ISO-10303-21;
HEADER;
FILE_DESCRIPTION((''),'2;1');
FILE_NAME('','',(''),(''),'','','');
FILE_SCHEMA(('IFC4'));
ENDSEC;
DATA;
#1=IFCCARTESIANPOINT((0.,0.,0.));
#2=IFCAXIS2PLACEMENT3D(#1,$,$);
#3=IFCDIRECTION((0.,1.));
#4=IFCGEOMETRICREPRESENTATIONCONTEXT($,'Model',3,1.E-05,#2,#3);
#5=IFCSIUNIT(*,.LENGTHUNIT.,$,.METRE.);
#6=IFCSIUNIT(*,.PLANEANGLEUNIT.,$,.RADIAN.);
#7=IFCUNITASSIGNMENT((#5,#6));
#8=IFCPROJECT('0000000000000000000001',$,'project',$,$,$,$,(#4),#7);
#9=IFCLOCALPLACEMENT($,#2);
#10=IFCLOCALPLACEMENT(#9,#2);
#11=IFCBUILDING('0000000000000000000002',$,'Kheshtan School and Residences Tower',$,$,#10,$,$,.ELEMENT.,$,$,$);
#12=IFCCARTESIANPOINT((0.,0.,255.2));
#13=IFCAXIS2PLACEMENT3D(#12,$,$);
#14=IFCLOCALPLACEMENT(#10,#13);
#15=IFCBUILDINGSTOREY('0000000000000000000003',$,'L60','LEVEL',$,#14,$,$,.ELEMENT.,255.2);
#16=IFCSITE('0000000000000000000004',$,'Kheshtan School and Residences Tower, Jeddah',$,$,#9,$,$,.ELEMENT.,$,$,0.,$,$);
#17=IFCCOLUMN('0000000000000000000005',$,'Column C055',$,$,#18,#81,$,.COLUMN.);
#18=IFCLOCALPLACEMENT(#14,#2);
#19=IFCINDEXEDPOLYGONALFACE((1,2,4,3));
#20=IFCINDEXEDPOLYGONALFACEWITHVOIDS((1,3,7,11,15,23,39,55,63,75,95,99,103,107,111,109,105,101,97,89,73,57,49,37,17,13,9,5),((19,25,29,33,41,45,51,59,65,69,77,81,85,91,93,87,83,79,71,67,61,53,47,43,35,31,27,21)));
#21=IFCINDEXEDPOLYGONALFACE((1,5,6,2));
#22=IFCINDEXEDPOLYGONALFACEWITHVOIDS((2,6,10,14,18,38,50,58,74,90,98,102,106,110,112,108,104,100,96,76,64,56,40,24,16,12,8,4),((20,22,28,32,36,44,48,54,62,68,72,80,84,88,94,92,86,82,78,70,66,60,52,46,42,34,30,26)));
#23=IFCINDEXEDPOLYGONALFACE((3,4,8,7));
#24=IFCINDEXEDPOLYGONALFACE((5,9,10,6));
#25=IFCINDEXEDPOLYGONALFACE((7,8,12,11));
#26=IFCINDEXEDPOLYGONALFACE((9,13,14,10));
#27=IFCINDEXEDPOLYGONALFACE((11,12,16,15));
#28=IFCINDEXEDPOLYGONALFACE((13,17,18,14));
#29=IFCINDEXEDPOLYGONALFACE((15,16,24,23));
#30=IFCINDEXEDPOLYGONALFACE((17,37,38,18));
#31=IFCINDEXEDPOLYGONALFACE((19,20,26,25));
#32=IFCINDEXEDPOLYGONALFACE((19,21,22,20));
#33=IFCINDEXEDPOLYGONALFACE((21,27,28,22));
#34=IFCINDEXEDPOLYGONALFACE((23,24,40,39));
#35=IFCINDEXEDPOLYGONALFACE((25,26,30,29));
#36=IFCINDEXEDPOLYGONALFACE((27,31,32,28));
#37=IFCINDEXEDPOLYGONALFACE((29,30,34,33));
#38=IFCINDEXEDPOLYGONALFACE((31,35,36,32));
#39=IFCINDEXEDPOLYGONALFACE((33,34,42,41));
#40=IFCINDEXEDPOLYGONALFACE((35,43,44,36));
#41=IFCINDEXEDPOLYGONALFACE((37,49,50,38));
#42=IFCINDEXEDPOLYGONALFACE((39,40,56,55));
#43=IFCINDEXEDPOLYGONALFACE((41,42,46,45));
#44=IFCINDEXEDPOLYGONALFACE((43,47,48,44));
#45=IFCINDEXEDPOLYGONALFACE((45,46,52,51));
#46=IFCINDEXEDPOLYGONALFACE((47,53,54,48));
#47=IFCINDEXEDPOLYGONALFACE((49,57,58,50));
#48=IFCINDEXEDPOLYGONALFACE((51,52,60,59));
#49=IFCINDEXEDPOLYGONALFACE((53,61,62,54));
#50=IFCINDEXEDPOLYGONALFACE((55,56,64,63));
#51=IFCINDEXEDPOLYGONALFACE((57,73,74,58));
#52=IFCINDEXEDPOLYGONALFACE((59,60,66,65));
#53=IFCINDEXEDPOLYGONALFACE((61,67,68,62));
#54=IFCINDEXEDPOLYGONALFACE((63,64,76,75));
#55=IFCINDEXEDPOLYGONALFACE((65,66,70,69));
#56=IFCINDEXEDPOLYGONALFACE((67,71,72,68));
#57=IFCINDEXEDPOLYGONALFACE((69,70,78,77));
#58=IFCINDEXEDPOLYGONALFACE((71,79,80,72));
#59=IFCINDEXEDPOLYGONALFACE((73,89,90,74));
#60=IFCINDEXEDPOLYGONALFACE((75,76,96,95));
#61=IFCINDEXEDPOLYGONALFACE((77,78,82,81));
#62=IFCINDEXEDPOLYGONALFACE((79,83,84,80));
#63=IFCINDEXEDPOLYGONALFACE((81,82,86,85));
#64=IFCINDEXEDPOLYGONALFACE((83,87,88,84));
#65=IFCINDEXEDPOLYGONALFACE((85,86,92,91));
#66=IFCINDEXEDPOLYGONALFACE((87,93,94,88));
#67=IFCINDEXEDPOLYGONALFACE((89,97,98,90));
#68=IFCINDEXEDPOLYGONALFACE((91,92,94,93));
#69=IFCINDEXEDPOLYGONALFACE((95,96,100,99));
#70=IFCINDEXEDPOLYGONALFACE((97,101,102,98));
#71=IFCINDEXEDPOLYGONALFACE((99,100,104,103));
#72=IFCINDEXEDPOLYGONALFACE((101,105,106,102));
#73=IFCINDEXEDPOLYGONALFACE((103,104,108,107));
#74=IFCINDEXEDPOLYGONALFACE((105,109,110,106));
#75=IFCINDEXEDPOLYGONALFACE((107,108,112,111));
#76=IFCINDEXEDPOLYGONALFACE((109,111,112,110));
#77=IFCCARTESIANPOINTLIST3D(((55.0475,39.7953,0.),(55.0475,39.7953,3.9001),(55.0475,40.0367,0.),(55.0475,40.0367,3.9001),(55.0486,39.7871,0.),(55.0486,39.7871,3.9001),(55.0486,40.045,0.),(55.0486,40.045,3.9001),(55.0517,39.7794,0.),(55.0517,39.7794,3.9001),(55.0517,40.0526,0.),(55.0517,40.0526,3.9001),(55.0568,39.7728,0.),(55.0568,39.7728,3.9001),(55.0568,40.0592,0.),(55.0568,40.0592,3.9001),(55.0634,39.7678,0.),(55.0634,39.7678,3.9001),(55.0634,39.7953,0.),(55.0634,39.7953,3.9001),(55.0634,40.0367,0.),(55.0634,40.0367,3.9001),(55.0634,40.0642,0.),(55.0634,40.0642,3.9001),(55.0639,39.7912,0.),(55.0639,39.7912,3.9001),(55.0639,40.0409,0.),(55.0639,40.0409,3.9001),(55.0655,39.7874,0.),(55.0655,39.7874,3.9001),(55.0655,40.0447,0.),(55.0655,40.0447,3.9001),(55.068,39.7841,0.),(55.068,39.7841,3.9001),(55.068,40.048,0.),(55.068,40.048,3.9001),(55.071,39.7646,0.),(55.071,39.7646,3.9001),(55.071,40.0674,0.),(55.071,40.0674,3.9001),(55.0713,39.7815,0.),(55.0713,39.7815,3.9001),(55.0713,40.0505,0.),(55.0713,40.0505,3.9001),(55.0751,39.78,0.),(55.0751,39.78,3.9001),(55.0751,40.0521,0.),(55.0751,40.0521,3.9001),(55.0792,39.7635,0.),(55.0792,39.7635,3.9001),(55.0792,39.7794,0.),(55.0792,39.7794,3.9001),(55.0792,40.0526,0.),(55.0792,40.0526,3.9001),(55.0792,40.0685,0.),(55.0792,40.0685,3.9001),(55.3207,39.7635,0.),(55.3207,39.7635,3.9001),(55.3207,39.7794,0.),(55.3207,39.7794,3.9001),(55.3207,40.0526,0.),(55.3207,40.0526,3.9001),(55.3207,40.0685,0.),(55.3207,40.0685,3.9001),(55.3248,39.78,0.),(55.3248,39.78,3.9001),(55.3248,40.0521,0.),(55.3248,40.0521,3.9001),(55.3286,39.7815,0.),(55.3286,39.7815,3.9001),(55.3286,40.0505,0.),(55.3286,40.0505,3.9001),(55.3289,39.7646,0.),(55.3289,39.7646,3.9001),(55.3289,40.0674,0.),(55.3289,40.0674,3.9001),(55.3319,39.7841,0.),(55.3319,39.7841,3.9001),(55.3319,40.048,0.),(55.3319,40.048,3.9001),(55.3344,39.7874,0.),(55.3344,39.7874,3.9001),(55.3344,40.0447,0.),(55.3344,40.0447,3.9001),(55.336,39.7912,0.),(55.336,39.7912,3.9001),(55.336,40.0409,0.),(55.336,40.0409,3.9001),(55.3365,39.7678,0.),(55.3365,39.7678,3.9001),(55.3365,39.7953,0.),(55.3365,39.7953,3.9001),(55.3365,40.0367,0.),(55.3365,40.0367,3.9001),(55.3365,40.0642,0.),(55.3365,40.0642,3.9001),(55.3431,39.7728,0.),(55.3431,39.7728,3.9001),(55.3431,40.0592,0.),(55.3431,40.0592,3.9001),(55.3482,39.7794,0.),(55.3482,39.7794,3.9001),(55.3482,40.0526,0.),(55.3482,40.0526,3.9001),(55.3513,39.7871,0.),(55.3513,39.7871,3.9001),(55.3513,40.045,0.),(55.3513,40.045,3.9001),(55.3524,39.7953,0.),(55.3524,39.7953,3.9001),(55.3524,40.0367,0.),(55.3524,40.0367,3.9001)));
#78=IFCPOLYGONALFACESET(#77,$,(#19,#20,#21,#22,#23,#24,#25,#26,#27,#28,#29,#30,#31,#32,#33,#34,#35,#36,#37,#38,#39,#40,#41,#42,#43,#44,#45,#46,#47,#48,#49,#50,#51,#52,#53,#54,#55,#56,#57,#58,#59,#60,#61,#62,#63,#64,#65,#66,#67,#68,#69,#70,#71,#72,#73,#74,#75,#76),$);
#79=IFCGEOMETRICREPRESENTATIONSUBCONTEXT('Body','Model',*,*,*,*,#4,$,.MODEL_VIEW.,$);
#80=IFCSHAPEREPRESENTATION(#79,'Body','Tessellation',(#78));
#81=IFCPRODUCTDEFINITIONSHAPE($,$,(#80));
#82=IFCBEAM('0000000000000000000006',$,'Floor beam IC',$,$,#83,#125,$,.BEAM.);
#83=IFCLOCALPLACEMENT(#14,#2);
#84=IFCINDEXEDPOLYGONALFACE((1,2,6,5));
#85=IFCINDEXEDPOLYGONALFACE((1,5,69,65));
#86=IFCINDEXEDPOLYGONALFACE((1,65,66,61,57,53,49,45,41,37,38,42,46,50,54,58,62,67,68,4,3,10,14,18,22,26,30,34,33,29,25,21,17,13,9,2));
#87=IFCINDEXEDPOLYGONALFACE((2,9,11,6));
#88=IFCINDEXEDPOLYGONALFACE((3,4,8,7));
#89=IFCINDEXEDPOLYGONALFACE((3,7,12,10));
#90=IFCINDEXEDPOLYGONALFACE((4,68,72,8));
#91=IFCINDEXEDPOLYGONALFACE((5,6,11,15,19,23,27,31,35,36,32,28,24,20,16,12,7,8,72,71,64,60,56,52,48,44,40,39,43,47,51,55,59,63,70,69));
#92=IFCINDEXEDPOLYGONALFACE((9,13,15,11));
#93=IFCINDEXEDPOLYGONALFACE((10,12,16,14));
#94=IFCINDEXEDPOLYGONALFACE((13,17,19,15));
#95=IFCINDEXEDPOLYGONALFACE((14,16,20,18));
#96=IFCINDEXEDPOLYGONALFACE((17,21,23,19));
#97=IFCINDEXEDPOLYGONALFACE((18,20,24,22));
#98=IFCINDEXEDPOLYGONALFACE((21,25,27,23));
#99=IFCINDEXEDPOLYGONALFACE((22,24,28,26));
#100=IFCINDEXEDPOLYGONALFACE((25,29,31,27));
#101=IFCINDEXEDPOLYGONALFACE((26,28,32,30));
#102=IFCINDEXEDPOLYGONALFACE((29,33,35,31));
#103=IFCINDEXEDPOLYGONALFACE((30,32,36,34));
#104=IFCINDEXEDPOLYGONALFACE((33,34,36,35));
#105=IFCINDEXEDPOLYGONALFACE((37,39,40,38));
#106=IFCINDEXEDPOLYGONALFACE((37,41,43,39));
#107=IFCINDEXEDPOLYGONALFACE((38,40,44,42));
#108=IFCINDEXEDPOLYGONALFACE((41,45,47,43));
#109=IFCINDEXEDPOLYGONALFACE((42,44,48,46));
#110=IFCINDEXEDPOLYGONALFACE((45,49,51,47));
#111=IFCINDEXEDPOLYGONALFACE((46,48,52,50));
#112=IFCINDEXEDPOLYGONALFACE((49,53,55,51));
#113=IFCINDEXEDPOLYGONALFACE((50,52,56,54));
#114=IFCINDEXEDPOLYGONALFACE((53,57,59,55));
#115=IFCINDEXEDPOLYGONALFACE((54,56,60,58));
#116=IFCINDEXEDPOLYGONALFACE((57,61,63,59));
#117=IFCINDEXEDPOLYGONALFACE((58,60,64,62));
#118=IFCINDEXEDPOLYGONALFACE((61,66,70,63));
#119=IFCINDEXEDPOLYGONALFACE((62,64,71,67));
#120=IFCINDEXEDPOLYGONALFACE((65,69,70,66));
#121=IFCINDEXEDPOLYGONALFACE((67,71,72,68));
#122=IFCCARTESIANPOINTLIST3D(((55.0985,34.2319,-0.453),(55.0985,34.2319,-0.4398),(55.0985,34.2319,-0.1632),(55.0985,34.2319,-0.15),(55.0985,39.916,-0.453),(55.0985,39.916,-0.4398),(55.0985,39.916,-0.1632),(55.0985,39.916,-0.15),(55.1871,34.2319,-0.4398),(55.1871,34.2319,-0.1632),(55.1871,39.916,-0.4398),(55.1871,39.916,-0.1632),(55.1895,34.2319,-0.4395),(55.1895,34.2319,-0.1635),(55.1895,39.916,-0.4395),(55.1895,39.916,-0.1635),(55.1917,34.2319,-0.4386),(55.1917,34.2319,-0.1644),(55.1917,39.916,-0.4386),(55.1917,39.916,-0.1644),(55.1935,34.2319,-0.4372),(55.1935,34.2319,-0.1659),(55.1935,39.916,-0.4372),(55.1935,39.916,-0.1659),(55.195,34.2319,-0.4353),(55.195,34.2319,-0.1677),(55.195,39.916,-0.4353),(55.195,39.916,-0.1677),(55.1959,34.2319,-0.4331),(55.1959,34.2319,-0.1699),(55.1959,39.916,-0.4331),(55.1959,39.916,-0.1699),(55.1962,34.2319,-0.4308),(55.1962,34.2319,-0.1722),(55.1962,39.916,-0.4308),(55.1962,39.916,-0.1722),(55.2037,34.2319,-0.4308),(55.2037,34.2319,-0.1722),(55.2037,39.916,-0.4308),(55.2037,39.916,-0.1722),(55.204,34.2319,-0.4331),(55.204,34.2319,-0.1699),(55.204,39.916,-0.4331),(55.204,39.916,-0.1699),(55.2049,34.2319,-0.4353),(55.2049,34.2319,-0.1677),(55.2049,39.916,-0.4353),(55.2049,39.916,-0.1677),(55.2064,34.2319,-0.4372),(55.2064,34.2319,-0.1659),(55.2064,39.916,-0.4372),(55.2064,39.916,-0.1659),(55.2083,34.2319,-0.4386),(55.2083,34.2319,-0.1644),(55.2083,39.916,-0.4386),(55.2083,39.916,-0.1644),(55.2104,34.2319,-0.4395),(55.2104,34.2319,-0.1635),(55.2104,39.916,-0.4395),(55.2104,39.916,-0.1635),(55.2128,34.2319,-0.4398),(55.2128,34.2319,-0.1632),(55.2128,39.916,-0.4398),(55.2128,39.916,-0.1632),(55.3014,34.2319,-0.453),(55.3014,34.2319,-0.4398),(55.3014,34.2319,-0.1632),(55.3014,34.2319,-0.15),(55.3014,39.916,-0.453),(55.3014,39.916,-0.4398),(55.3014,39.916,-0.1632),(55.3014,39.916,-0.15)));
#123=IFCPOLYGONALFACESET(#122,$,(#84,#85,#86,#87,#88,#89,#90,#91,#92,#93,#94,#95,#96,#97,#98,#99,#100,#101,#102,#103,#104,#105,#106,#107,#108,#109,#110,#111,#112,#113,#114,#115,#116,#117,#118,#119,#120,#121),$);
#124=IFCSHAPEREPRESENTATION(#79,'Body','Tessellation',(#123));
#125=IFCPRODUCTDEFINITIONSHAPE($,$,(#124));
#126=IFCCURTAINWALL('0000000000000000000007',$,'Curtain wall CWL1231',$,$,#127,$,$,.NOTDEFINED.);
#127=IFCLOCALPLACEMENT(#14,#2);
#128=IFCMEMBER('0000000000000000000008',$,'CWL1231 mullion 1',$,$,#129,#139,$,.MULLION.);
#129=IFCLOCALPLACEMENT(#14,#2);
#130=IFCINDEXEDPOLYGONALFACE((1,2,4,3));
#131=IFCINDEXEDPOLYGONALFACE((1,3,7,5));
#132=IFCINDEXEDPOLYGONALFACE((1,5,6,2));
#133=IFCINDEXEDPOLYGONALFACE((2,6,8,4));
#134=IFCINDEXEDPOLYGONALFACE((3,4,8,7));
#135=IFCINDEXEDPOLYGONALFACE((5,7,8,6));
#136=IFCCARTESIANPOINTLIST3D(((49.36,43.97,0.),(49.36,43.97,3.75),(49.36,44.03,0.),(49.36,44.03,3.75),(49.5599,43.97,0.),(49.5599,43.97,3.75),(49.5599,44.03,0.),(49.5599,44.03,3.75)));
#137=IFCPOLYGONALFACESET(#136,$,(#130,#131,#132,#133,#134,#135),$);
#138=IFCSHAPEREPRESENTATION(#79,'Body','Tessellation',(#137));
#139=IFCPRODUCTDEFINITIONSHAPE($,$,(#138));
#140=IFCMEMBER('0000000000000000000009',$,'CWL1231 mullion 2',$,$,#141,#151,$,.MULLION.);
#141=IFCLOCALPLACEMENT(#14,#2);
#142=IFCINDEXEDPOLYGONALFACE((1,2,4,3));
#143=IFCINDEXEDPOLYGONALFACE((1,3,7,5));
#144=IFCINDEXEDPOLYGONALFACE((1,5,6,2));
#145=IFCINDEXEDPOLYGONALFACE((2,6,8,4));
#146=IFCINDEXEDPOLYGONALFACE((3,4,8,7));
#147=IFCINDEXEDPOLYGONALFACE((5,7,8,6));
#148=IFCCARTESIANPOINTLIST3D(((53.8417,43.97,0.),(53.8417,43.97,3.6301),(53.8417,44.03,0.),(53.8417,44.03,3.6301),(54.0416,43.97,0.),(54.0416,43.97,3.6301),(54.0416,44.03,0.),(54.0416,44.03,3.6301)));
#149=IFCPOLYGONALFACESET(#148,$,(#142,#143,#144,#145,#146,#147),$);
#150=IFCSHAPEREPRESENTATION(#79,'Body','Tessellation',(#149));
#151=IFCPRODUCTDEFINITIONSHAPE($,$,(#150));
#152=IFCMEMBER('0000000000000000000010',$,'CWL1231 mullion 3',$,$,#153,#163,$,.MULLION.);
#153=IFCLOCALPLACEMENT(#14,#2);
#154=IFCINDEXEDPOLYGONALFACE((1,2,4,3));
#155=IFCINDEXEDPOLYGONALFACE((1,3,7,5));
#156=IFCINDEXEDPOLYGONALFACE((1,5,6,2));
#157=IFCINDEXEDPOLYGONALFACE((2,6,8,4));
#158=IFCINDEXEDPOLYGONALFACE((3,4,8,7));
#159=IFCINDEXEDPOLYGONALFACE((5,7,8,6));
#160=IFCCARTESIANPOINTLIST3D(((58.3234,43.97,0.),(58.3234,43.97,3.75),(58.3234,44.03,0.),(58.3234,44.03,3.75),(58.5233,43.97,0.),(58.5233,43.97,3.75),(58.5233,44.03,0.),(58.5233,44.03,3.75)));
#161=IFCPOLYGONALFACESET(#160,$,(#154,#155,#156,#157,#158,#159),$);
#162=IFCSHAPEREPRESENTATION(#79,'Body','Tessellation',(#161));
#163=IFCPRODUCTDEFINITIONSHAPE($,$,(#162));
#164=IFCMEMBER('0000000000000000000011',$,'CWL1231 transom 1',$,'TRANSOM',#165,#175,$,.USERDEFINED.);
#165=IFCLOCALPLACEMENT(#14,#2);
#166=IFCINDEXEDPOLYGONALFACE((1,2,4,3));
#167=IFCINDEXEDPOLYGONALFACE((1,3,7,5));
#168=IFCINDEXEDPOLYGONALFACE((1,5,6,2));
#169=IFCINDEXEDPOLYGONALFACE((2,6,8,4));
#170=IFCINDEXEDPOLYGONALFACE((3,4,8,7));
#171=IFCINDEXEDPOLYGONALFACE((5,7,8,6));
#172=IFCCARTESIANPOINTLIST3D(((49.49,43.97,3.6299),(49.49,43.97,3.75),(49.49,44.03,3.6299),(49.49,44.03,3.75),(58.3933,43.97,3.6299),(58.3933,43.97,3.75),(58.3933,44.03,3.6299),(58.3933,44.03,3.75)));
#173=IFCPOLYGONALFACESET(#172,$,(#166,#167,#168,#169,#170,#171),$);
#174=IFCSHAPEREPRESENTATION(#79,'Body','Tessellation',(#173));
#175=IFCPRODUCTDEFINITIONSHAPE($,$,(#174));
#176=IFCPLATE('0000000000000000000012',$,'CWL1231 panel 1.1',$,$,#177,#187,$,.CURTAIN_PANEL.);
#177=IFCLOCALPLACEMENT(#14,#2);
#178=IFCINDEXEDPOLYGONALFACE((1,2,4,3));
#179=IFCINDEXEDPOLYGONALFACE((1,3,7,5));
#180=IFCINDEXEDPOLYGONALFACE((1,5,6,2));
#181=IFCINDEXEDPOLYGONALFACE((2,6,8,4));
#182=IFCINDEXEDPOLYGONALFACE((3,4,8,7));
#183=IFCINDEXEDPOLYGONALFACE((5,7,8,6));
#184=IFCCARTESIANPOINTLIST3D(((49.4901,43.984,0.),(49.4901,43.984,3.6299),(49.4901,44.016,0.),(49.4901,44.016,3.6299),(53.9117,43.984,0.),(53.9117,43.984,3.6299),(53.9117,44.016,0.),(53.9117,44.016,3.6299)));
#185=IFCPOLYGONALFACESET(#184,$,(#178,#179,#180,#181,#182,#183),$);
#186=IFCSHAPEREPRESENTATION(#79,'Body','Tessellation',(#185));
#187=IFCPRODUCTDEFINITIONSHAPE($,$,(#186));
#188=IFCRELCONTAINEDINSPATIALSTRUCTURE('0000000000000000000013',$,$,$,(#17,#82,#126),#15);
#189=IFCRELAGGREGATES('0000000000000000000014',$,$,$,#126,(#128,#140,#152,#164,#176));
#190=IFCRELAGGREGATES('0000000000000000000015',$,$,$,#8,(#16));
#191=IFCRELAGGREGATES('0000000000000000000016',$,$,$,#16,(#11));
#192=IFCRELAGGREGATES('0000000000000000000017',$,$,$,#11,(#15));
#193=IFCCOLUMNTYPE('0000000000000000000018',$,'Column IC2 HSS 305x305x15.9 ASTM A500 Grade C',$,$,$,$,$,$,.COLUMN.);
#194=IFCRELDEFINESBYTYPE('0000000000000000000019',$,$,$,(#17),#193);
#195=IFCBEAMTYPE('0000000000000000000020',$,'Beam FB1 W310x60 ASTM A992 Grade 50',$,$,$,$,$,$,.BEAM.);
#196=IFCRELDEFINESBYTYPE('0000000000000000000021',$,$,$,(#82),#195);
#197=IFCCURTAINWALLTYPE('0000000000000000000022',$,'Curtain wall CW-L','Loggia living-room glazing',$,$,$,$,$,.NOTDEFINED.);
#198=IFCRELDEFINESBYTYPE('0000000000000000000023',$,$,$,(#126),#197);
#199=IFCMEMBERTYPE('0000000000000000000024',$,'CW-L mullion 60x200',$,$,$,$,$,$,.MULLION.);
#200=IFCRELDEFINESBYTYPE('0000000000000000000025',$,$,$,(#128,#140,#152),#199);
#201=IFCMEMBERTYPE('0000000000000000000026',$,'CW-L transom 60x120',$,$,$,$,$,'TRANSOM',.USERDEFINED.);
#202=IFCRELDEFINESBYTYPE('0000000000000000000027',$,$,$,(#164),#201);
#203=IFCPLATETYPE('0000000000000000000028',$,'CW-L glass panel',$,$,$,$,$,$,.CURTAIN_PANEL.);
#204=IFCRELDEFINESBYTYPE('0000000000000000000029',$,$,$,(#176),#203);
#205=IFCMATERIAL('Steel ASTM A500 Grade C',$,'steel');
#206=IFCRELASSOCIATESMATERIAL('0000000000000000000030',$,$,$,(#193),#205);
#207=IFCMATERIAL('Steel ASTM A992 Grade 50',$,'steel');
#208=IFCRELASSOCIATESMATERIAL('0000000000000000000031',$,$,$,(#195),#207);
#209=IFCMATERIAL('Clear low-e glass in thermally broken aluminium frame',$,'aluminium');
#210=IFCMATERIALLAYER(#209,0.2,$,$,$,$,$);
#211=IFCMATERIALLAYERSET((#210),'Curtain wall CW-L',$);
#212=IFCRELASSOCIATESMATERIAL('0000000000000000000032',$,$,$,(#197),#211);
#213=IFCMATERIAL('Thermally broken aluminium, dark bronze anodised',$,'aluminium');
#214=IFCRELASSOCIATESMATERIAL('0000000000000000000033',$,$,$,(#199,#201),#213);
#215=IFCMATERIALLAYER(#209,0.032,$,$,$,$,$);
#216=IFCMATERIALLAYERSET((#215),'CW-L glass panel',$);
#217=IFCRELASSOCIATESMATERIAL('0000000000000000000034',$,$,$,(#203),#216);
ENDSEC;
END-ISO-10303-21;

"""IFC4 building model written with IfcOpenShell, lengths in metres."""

from ifc_helpers import new_model, si_unit, direction, frame, origin, origin_2d, place, context, subcontext, project, spatial, rectangle, hollow_rectangle, i_section, extrude, material, layer, layer_set, material_profile, profile_set, type_object, element, aggregate, save


model = new_model("IFC4")

# Units and contexts
model_context = context("Model", 3, precision=1e-05, world=origin(), true_north=direction((0.0, 1.0)))
body_context = subcontext(model_context, "Body", "Model", "MODEL_VIEW")
ifc_project = project(units=[si_unit("LENGTHUNIT", "METRE"), si_unit("PLANEANGLEUNIT", "RADIAN")], contexts=[model_context])

# Site, building, storey
site_placement = place(None, origin())
site = spatial("IfcSite", under=ifc_project, at=site_placement, Name="Kheshtan School and Residences Tower, Jeddah", CompositionType="ELEMENT", RefElevation=0.0)
building_placement = place(site_placement, origin())
building = spatial("IfcBuilding", under=site, at=building_placement, Name="Kheshtan School and Residences Tower", CompositionType="ELEMENT")
storey_placement = place(building_placement, frame((0.0, 0.0, 255.2)))
storey = spatial("IfcBuildingStorey", under=building, at=storey_placement, Name="L60", Description="LEVEL", CompositionType="ELEMENT", Elevation=255.2)

# Column
ifc_material_1 = material(Name="Steel ASTM A500 Grade C", Category="steel")
ifc_material_profile_1 = material_profile(ifc_material_1, hollow_rectangle(XDim=0.3049, YDim=0.3049, WallThickness=0.0159, InnerFilletRadius=0.0159, OuterFilletRadius=0.0317, at=origin_2d()), Name="HSS 305x305x15.9")
ifc_profile_set_1 = profile_set([ifc_material_profile_1], Name="Steel ASTM A500 Grade C")
column_type = type_object("IfcColumnType", Name="Column IC2 HSS 305x305x15.9 ASTM A500 Grade C", PredefinedType="COLUMN", material=ifc_profile_set_1)
column_placement = place(storey_placement, frame((55.2, 39.916, 0.0), z_axis=(0.0, 0.0, 1.0), x_axis=(1.0, 0.0, 0.0)))
element("IfcColumn", 1, at=column_placement, inside=storey, type_object=column_type, Name="Column C055", PredefinedType="COLUMN", context=body_context, shape_type="SweptSolid", body=[
    extrude(hollow_rectangle(XDim=0.3049, YDim=0.3049, WallThickness=0.0159, InnerFilletRadius=0.0159, OuterFilletRadius=0.0317, at=origin_2d()), origin(), (0.0, 0.0, 1.0), 3.9001),
])

# Beam
ifc_material_2 = material(Name="Steel ASTM A992 Grade 50", Category="steel")
ifc_material_profile_2 = material_profile(ifc_material_2, i_section(OverallWidth=0.2029, OverallDepth=0.303, WebThickness=0.0076, FlangeThickness=0.0132, FilletRadius=0.009, at=origin_2d()), Name="W310x60")
ifc_profile_set_2 = profile_set([ifc_material_profile_2], Name="Steel ASTM A992 Grade 50")
beam_type = type_object("IfcBeamType", Name="Beam FB1 W310x60 ASTM A992 Grade 50", PredefinedType="BEAM", material=ifc_profile_set_2)
beam_placement = place(storey_placement, frame((55.2, 34.2319, -0.3015), z_axis=(0.0, 1.0, 0.0), x_axis=(-1.0, 0.0, 0.0)))
element("IfcBeam", 2, at=beam_placement, inside=storey, type_object=beam_type, Name="Floor beam IC", PredefinedType="BEAM", context=body_context, shape_type="SweptSolid", body=[
    extrude(i_section(OverallWidth=0.2029, OverallDepth=0.303, WebThickness=0.0076, FlangeThickness=0.0132, FilletRadius=0.009, at=origin_2d()), origin(), (0.0, 0.0, 1.0), 5.6841),
])

# Curtain wall, members, plate
ifc_material_3 = material(Name="Clear low-e glass in thermally broken aluminium frame", Category="aluminium")
ifc_layer_1 = layer(ifc_material_3, 0.2)
ifc_layer_set_1 = layer_set([ifc_layer_1], Name="Curtain wall CW-L")
curtain_wall_type = type_object("IfcCurtainWallType", Name="Curtain wall CW-L", Description="Loggia living-room glazing", PredefinedType="NOTDEFINED", material=ifc_layer_set_1)
curtain_wall_placement = place(storey_placement, origin())
curtain_wall = element("IfcCurtainWall", 3, at=curtain_wall_placement, inside=storey, type_object=curtain_wall_type, Name="Curtain wall CWL1231", PredefinedType="NOTDEFINED")
ifc_material_4 = material(Name="Thermally broken aluminium, dark bronze anodised", Category="aluminium")
ifc_material_profile_3 = material_profile(ifc_material_4, rectangle(XDim=0.0601, YDim=0.2, at=origin_2d()), Name="CW-L mullion 60x200")
ifc_profile_set_3 = profile_set([ifc_material_profile_3], Name="Thermally broken aluminium, dark bronze anodised")
member_type_1 = type_object("IfcMemberType", Name="CW-L mullion 60x200", PredefinedType="MULLION", material=ifc_profile_set_3)
member_1_placement = place(storey_placement, frame((49.46, 44.0, 0.0), z_axis=(0.0, 0.0, 1.0), x_axis=(0.0, 1.0, 0.0)))
member_1 = element("IfcMember", 4, at=member_1_placement, type_object=member_type_1, Name="CWL1231 mullion 1", PredefinedType="MULLION", context=body_context, shape_type="SweptSolid", body=[
    extrude(rectangle(XDim=0.0601, YDim=0.2, at=origin_2d()), origin(), (0.0, 0.0, 1.0), 3.75),
])
member_2_placement = place(storey_placement, frame((53.9417, 44.0, 0.0), z_axis=(0.0, 0.0, 1.0), x_axis=(0.0, 1.0, 0.0)))
member_2 = element("IfcMember", 5, at=member_2_placement, type_object=member_type_1, Name="CWL1231 mullion 2", PredefinedType="MULLION", context=body_context, shape_type="SweptSolid", body=[
    extrude(rectangle(XDim=0.0601, YDim=0.2, at=origin_2d()), origin(), (0.0, 0.0, 1.0), 3.6301),
])
member_3_placement = place(storey_placement, frame((58.4233, 44.0, 0.0), z_axis=(0.0, 0.0, 1.0), x_axis=(0.0, 1.0, 0.0)))
member_3 = element("IfcMember", 6, at=member_3_placement, type_object=member_type_1, Name="CWL1231 mullion 3", PredefinedType="MULLION", context=body_context, shape_type="SweptSolid", body=[
    extrude(rectangle(XDim=0.0601, YDim=0.2, at=origin_2d()), origin(), (0.0, 0.0, 1.0), 3.75),
])
ifc_material_profile_4 = material_profile(ifc_material_4, rectangle(XDim=0.0601, YDim=0.1201, at=origin_2d()), Name="CW-L transom 60x120")
ifc_profile_set_4 = profile_set([ifc_material_profile_4], Name="Thermally broken aluminium, dark bronze anodised")
member_type_2 = type_object("IfcMemberType", Name="CW-L transom 60x120", ElementType="TRANSOM", PredefinedType="USERDEFINED", material=ifc_profile_set_4)
member_4_placement = place(storey_placement, frame((49.49, 44.0, 3.6899), z_axis=(1.0, 0.0, 0.0), x_axis=(0.0, 1.0, 0.0)))
member_4 = element("IfcMember", 7, at=member_4_placement, type_object=member_type_2, Name="CWL1231 transom 1", ObjectType="TRANSOM", PredefinedType="USERDEFINED", context=body_context, shape_type="SweptSolid", body=[
    extrude(rectangle(XDim=0.0601, YDim=0.1201, at=origin_2d()), origin(), (0.0, 0.0, 1.0), 8.9033),
])
ifc_layer_2 = layer(ifc_material_3, 0.032)
ifc_layer_set_2 = layer_set([ifc_layer_2], Name="CW-L glass panel")
plate_type = type_object("IfcPlateType", Name="CW-L glass panel", PredefinedType="CURTAIN_PANEL", material=ifc_layer_set_2)
plate_1_placement = place(storey_placement, frame((51.7009, 44.0, 0.0), z_axis=(0.0, 0.0, 1.0), x_axis=(1.0, 0.0, 0.0)))
plate_1 = element("IfcPlate", 8, at=plate_1_placement, type_object=plate_type, Name="CWL1231 panel 1.1", PredefinedType="CURTAIN_PANEL", context=body_context, shape_type="SweptSolid", body=[
    extrude(rectangle(XDim=4.4216, YDim=0.032, at=origin_2d()), origin(), (0.0, 0.0, 1.0), 3.6299),
])
aggregate(curtain_wall, [member_1, member_2, member_3, member_4, plate_1])

save(model, "model.ifc")
